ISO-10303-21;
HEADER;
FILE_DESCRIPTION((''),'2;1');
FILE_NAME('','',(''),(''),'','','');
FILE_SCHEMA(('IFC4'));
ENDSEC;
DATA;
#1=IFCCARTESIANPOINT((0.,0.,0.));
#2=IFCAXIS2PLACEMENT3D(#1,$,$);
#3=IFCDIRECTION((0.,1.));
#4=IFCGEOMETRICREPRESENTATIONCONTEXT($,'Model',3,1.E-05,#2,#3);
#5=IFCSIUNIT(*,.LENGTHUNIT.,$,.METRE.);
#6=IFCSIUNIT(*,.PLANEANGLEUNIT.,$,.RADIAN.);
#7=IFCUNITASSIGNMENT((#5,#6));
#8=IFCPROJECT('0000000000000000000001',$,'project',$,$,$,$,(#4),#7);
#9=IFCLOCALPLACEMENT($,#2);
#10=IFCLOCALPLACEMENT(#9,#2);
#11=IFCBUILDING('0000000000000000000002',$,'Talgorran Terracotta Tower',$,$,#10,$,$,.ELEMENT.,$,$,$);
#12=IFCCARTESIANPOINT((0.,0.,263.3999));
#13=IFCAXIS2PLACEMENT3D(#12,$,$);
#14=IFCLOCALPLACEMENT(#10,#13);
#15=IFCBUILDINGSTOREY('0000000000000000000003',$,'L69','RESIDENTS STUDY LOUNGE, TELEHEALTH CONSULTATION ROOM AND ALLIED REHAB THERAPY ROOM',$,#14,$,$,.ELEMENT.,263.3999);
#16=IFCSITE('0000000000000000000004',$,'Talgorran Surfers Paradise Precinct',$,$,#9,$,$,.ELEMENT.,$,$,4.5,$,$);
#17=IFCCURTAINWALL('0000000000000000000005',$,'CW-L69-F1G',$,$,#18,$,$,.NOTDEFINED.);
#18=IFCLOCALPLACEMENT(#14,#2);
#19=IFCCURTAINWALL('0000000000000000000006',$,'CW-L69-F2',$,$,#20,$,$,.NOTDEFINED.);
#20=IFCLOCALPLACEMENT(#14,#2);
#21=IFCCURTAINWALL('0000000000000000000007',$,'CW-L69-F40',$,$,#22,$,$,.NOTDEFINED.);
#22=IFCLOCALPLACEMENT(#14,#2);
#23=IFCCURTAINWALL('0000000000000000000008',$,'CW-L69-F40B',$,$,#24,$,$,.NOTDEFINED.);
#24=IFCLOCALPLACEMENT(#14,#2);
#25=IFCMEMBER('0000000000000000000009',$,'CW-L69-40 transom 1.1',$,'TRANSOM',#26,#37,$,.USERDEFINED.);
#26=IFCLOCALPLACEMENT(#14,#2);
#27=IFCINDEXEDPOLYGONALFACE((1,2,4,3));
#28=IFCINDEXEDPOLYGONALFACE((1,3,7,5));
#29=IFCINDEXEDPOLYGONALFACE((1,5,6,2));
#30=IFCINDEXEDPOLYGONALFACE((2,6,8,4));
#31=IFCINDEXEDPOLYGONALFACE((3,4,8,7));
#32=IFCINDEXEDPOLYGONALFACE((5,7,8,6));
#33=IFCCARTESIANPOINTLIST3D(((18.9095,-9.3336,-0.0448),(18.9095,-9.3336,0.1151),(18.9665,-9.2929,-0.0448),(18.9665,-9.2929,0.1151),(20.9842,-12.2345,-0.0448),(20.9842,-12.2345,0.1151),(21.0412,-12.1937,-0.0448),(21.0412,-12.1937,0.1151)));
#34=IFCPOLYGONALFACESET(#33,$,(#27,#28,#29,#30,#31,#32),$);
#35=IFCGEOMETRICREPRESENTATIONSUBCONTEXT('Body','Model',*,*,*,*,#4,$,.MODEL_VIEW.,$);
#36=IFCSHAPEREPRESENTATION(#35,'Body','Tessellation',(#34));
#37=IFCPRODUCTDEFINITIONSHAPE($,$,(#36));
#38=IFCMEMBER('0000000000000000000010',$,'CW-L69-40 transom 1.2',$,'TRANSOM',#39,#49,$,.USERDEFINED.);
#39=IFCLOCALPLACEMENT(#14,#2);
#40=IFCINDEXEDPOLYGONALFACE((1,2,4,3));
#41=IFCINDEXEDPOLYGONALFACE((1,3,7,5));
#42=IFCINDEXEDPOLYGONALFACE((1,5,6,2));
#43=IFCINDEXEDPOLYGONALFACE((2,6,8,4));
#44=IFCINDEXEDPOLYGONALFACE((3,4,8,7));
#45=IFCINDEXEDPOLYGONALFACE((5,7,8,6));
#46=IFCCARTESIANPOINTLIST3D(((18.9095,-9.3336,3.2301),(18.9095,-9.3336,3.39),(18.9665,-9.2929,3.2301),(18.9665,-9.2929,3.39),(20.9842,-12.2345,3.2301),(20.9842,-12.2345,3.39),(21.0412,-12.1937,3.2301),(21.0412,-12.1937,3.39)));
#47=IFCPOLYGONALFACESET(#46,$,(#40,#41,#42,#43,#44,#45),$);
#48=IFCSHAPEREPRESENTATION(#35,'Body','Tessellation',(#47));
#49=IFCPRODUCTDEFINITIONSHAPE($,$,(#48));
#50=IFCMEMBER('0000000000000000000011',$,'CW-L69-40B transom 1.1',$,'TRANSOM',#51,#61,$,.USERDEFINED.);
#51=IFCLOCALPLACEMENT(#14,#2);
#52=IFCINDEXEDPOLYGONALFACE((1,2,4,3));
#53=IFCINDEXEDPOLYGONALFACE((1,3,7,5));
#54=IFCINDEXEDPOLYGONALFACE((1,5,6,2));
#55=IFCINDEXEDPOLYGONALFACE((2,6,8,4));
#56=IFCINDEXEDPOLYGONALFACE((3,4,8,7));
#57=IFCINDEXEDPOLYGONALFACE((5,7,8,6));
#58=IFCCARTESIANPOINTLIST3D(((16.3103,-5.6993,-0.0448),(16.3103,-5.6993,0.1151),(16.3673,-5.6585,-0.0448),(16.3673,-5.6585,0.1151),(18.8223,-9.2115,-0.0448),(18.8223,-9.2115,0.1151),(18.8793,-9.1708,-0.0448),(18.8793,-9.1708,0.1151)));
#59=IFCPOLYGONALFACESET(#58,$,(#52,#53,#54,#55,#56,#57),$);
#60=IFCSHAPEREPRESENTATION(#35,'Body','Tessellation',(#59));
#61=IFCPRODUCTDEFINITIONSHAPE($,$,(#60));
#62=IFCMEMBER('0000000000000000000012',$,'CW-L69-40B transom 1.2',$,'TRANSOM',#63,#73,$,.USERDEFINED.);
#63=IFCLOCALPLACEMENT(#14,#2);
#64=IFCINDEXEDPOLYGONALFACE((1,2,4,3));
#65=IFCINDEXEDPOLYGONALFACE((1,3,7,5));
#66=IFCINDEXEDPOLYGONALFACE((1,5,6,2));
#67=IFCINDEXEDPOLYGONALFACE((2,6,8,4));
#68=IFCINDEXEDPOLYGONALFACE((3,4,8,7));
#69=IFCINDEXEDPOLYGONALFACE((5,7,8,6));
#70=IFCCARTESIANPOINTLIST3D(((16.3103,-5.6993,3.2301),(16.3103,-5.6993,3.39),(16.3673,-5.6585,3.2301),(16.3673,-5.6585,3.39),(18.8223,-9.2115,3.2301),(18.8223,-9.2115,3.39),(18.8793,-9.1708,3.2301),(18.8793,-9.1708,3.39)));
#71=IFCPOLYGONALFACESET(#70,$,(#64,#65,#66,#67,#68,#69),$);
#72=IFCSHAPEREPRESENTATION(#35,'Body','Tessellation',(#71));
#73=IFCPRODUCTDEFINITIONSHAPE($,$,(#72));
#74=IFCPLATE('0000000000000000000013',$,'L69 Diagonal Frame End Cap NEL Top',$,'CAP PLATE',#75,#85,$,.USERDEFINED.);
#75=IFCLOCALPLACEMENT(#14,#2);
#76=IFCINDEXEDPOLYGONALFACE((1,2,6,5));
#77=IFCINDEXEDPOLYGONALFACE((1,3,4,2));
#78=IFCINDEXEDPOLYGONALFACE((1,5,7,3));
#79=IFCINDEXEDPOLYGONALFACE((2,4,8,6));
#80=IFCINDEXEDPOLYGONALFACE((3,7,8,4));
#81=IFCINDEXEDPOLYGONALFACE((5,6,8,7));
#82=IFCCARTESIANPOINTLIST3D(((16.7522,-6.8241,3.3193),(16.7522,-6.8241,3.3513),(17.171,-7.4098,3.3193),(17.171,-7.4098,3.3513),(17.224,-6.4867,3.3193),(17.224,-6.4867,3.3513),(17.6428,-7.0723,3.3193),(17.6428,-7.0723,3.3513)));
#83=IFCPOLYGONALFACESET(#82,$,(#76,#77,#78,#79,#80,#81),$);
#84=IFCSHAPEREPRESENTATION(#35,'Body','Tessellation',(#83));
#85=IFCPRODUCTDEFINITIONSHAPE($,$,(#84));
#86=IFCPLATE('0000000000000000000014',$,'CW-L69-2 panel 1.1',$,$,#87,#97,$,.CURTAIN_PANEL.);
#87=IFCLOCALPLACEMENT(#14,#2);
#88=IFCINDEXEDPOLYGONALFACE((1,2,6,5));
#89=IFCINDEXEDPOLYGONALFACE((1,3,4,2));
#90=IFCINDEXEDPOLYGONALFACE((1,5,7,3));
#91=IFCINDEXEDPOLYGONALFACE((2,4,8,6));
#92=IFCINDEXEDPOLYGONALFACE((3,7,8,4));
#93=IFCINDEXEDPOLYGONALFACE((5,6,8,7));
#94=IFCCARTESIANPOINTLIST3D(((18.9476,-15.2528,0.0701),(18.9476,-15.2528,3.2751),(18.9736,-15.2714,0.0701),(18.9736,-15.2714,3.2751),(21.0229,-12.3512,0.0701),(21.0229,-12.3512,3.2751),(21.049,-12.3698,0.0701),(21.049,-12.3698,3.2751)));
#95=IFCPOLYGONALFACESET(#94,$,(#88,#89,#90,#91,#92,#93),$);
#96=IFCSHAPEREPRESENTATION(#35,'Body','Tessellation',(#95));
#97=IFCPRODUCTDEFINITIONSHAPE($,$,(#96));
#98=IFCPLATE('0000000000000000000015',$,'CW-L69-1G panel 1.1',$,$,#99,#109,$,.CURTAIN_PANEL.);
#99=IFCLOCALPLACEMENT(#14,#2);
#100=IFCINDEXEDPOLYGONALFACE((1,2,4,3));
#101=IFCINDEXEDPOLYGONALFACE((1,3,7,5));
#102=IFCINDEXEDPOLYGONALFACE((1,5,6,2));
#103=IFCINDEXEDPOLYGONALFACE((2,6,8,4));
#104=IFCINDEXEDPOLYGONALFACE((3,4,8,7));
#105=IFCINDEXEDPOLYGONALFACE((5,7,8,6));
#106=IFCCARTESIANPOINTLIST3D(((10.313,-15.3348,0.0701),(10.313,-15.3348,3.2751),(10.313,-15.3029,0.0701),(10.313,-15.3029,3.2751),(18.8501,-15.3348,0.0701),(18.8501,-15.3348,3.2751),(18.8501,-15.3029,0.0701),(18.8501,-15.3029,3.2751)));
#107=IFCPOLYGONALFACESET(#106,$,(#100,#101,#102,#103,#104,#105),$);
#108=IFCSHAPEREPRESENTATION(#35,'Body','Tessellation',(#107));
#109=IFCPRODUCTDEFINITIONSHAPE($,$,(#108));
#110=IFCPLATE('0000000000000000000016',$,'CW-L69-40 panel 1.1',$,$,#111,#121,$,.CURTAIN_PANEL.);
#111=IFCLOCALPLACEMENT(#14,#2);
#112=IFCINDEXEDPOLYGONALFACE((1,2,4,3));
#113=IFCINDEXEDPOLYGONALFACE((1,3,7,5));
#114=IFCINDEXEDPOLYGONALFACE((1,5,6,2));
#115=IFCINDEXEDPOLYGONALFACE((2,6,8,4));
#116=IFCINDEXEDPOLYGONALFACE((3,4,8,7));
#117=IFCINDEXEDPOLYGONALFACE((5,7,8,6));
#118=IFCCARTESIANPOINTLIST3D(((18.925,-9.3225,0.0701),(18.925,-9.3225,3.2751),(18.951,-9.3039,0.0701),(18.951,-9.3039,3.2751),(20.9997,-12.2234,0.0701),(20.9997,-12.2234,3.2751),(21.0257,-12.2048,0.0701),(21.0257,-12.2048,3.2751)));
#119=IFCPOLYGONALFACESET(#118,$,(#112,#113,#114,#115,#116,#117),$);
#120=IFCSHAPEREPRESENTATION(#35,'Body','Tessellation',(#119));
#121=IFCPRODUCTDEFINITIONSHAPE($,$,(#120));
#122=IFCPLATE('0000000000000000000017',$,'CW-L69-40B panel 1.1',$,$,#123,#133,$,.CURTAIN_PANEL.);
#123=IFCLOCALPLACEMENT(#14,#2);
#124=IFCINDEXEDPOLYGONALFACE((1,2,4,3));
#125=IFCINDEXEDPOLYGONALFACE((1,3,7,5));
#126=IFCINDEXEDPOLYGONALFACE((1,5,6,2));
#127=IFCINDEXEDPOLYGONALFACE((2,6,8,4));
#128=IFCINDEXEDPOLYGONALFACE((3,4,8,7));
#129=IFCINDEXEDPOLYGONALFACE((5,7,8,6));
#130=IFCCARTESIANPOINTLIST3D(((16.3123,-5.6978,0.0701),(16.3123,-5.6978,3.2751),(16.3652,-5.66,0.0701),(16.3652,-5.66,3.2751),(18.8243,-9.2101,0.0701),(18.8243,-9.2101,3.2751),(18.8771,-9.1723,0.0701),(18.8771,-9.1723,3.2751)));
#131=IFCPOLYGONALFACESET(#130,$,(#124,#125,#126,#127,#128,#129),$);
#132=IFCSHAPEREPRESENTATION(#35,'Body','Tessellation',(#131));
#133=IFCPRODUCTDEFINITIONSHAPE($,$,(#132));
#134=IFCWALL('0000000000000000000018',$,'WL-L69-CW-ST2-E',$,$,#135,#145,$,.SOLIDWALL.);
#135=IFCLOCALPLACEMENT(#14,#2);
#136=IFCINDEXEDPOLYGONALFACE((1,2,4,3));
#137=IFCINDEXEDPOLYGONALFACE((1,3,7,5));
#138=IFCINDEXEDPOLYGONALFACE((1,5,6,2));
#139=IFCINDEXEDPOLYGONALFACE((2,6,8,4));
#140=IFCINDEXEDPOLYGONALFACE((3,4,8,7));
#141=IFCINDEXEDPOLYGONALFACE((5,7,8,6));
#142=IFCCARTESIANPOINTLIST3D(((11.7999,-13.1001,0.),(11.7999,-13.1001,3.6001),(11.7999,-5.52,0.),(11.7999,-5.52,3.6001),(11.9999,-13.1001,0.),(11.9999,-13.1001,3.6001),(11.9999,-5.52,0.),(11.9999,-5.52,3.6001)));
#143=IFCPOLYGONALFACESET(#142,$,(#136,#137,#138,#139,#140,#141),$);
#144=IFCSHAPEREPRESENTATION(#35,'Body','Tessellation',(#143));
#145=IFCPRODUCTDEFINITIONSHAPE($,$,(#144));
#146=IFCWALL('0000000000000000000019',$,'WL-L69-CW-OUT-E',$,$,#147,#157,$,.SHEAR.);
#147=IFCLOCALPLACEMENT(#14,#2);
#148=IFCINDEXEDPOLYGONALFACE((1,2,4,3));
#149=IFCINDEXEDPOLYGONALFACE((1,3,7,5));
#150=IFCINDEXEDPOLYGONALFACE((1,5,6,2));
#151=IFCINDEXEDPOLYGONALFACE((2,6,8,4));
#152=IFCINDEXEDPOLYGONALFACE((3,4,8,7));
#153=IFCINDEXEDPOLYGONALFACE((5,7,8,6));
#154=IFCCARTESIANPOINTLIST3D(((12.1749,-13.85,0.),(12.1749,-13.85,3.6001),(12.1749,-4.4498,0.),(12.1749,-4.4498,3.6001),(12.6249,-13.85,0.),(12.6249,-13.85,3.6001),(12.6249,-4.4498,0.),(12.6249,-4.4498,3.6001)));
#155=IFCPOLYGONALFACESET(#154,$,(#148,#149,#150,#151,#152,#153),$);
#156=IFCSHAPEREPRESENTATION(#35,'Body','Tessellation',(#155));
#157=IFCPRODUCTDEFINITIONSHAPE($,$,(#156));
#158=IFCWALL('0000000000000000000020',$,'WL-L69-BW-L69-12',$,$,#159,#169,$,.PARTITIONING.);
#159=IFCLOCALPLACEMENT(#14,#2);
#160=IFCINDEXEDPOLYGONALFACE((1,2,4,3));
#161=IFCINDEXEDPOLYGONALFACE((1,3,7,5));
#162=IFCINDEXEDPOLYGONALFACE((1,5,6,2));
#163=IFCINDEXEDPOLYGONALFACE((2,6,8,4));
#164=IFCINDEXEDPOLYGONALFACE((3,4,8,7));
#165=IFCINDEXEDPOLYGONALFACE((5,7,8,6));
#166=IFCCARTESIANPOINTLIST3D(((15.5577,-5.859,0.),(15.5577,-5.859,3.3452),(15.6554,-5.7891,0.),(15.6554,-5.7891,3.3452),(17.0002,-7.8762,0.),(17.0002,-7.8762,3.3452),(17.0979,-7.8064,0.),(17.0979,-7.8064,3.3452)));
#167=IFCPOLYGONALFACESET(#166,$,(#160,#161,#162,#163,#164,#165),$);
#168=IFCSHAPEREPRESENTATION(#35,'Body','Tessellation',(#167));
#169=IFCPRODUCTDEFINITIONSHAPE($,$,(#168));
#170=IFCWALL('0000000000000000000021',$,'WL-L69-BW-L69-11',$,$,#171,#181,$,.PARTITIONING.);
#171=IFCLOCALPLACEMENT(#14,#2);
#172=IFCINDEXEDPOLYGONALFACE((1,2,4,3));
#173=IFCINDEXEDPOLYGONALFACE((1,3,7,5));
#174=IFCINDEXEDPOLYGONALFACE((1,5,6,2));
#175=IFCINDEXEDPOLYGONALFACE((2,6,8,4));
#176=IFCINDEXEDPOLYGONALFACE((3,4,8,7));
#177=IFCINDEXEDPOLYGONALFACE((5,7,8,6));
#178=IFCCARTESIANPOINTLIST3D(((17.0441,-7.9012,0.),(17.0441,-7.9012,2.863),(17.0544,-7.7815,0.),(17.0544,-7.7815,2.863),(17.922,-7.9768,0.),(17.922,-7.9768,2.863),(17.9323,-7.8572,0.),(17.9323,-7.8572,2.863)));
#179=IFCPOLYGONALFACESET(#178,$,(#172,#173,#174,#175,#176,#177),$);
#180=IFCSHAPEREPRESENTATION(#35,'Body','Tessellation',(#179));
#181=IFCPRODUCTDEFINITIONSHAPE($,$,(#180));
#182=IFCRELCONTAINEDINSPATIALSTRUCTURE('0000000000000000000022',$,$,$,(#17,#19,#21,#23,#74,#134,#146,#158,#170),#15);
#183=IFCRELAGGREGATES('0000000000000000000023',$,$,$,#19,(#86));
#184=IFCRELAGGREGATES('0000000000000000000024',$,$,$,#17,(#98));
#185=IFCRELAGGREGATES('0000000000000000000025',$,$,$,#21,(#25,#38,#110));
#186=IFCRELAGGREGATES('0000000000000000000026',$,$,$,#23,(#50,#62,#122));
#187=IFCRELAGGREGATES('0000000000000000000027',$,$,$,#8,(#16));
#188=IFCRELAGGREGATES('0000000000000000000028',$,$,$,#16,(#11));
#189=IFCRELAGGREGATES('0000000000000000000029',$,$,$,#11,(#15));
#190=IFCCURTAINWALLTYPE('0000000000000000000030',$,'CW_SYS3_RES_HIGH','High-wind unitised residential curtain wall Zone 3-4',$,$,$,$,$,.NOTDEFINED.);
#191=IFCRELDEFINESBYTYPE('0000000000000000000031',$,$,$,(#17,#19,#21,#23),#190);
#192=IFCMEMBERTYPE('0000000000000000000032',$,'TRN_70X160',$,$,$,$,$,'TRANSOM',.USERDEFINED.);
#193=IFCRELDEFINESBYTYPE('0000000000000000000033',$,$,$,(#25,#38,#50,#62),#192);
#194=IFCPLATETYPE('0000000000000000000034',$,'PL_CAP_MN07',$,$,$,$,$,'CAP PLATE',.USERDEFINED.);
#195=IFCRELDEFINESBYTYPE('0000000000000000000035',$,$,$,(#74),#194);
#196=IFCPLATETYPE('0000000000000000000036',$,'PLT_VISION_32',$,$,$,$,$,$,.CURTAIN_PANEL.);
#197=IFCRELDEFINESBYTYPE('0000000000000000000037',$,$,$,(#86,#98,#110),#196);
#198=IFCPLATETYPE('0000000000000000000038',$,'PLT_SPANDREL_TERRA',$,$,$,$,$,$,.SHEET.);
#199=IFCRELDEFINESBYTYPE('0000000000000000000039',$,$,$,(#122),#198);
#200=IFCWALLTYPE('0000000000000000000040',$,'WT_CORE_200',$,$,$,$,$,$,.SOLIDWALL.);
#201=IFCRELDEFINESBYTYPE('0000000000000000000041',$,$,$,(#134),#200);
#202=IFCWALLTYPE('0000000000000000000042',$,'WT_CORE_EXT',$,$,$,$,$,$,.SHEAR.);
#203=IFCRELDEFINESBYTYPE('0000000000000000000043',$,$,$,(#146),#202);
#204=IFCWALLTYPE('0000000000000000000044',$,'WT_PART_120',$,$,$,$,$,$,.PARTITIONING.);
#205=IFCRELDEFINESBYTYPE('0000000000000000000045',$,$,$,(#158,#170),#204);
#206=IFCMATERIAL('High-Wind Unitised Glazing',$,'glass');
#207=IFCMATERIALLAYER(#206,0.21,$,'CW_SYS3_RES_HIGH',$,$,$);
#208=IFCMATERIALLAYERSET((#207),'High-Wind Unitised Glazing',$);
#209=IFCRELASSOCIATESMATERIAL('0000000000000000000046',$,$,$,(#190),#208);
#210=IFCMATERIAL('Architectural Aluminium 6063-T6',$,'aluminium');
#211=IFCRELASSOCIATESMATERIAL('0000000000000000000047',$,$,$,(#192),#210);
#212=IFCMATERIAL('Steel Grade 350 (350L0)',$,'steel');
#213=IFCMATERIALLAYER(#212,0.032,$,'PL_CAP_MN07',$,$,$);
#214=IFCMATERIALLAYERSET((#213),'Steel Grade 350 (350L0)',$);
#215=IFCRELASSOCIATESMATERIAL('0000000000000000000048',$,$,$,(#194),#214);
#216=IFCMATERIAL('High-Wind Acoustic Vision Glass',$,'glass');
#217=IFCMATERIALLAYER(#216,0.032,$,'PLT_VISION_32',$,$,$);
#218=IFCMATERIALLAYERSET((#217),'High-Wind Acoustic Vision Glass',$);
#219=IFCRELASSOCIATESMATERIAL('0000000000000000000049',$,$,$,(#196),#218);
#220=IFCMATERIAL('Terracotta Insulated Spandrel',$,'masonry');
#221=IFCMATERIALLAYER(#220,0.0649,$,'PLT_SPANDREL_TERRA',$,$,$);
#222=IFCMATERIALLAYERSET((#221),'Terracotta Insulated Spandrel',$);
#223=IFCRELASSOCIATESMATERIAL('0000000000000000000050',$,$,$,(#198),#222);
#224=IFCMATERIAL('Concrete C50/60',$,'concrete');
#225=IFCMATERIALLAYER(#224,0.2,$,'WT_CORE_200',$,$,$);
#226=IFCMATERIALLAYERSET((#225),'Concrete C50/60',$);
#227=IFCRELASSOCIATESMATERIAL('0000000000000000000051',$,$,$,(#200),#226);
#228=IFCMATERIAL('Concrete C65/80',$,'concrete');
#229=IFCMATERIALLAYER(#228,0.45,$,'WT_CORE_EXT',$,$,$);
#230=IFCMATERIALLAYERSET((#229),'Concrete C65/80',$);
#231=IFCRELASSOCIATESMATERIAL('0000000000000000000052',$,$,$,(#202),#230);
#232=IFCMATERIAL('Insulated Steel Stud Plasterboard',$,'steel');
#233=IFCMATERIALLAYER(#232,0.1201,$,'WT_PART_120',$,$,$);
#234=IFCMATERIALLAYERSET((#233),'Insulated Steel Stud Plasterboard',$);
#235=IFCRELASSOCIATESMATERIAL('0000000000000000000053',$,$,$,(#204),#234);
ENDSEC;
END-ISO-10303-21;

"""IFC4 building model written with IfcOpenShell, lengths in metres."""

from ifc_helpers import new_model, si_unit, direction, frame, frame_2d, origin, origin_2d, place, context, subcontext, project, spatial, rectangle, extrude, source, transform, mapped, material, layer, layer_set, material_profile, profile_set, type_object, type_shapes, element, aggregate, save


model = new_model("IFC4")

# Units and contexts
model_context = context("Model", 3, precision=1e-05, world=origin(), true_north=direction((0.0, 1.0)))
body_context = subcontext(model_context, "Body", "Model", "MODEL_VIEW")
ifc_project = project(units=[si_unit("LENGTHUNIT", "METRE"), si_unit("PLANEANGLEUNIT", "RADIAN")], contexts=[model_context])

# Site, building, storey
site_placement = place(None, origin())
site = spatial("IfcSite", under=ifc_project, at=site_placement, Name="Talgorran Surfers Paradise Precinct", CompositionType="ELEMENT", RefElevation=4.5)
building_placement = place(site_placement, origin())
building = spatial("IfcBuilding", under=site, at=building_placement, Name="Talgorran Terracotta Tower", CompositionType="ELEMENT")
storey_placement = place(building_placement, frame((0.0, 0.0, 263.3999)))
storey = spatial("IfcBuildingStorey", under=building, at=storey_placement, Name="L69", Description="RESIDENTS STUDY LOUNGE, TELEHEALTH CONSULTATION ROOM AND ALLIED REHAB THERAPY ROOM", CompositionType="ELEMENT", Elevation=263.3999)

# Shared definitions
ifc_material_1 = material(Name="Steel Grade 350 (350L0)", Category="steel")

# Curtain walls
ifc_material_2 = material(Name="High-Wind Unitised Glazing", Category="glass")
ifc_layer_1 = layer(ifc_material_2, 0.21, Name="CW_SYS3_RES_HIGH")
ifc_layer_set_1 = layer_set([ifc_layer_1], Name="High-Wind Unitised Glazing")
curtain_wall_type = type_object("IfcCurtainWallType", Name="CW_SYS3_RES_HIGH", Description="High-wind unitised residential curtain wall Zone 3-4", PredefinedType="NOTDEFINED", material=ifc_layer_set_1)
curtain_wall_1_placement = place(storey_placement, origin())
curtain_wall_1 = element("IfcCurtainWall", 1, at=curtain_wall_1_placement, inside=storey, type_object=curtain_wall_type, Name="CW-L69-F1G", PredefinedType="NOTDEFINED")
ifc_material_3 = material(Name="Architectural Aluminium 6063-T6", Category="aluminium")
curtain_wall_2_placement = place(storey_placement, origin())
curtain_wall_2 = element("IfcCurtainWall", 2, at=curtain_wall_2_placement, inside=storey, type_object=curtain_wall_type, Name="CW-L69-F2", PredefinedType="NOTDEFINED")
curtain_wall_3_placement = place(storey_placement, origin())
curtain_wall_3 = element("IfcCurtainWall", 3, at=curtain_wall_3_placement, inside=storey, type_object=curtain_wall_type, Name="CW-L69-F40", PredefinedType="NOTDEFINED")

# Curtain wall
curtain_wall_4_placement = place(storey_placement, origin())
curtain_wall_4 = element("IfcCurtainWall", 4, at=curtain_wall_4_placement, inside=storey, type_object=curtain_wall_type, Name="CW-L69-F40B", PredefinedType="NOTDEFINED")

# Members
ifc_material_profile_1 = material_profile(ifc_material_3, rectangle(XDim=0.0701, YDim=0.1599, at=origin_2d()), Name="CWT70X160")
ifc_profile_set_1 = profile_set([ifc_material_profile_1], Name="Architectural Aluminium 6063-T6")
member_type_1 = type_object("IfcMemberType", Name="TRN_70X160", ElementType="TRANSOM", PredefinedType="USERDEFINED", material=ifc_profile_set_1)
member_1_placement = place(storey_placement, frame((21.0127, -12.2141, 0.0352), z_axis=(-0.58173, 0.813382, 0.0), x_axis=(-0.813382, -0.58173, 0.0)))
member_1 = element("IfcMember", 5, at=member_1_placement, type_object=member_type_1, Name="CW-L69-40 transom 1.1", ObjectType="TRANSOM", PredefinedType="USERDEFINED", context=body_context, shape_type="SweptSolid", body=[
    extrude(rectangle(XDim=0.0701, YDim=0.1599, at=origin_2d()), origin(), (0.0, 0.0, 1.0), 3.5664),
])
member_2_placement = place(storey_placement, frame((21.0127, -12.2141, 3.3101), z_axis=(-0.58173, 0.813382, 0.0), x_axis=(-0.813382, -0.58173, 0.0)))
member_2 = element("IfcMember", 6, at=member_2_placement, type_object=member_type_1, Name="CW-L69-40 transom 1.2", ObjectType="TRANSOM", PredefinedType="USERDEFINED", context=body_context, shape_type="SweptSolid", body=[
    extrude(rectangle(XDim=0.0701, YDim=0.1599, at=origin_2d()), origin(), (0.0, 0.0, 1.0), 3.5664),
])
member_3_placement = place(storey_placement, frame((18.8508, -9.1912, 0.0352), z_axis=(-0.581735, 0.813378, 0.0), x_axis=(-0.813378, -0.581735, 0.0)))
member_3 = element("IfcMember", 7, at=member_3_placement, type_object=member_type_1, Name="CW-L69-40B transom 1.1", ObjectType="TRANSOM", PredefinedType="USERDEFINED", context=body_context, shape_type="SweptSolid", body=[
    extrude(rectangle(XDim=0.0701, YDim=0.1599, at=origin_2d()), origin(), (0.0, 0.0, 1.0), 4.3181),
])
member_4_placement = place(storey_placement, frame((18.8508, -9.1912, 3.3101), z_axis=(-0.581735, 0.813378, 0.0), x_axis=(-0.813378, -0.581735, 0.0)))
member_4 = element("IfcMember", 8, at=member_4_placement, type_object=member_type_1, Name="CW-L69-40B transom 1.2", ObjectType="TRANSOM", PredefinedType="USERDEFINED", context=body_context, shape_type="SweptSolid", body=[
    extrude(rectangle(XDim=0.0701, YDim=0.1599, at=origin_2d()), origin(), (0.0, 0.0, 1.0), 4.3181),
])

# Plates
ifc_layer_2 = layer(ifc_material_1, 0.032, Name="PL_CAP_MN07")
ifc_layer_set_2 = layer_set([ifc_layer_2], Name="Steel Grade 350 (350L0)")
plate_type_1 = type_object("IfcPlateType", Name="PL_CAP_MN07", ElementType="CAP PLATE", PredefinedType="USERDEFINED", material=ifc_layer_set_2)
plate_1_placement = place(storey_placement, frame((17.1975, -6.9482, 3.3193), z_axis=(0.0, 0.0, 1.0), x_axis=(0.581697, -0.813405, 0.0)))
element("IfcPlate", 9, at=plate_1_placement, inside=storey, type_object=plate_type_1, Name="L69 Diagonal Frame End Cap NEL Top", ObjectType="CAP PLATE", PredefinedType="USERDEFINED", context=body_context, shape_type="SweptSolid", body=[
    extrude(rectangle(XDim=0.72, YDim=0.5801, at=origin_2d()), origin(), (0.0, 0.0, 1.0), 0.032),
])
ifc_material_4 = material(Name="High-Wind Acoustic Vision Glass", Category="glass")
ifc_layer_3 = layer(ifc_material_4, 0.032, Name="PLT_VISION_32")
ifc_layer_set_3 = layer_set([ifc_layer_3], Name="High-Wind Acoustic Vision Glass")
plate_type_2 = type_object("IfcPlateType", Name="PLT_VISION_32", PredefinedType="CURTAIN_PANEL", material=ifc_layer_set_3)
shared_shape_1 = source(origin(), body_context, "Body", "SweptSolid", [
    extrude(rectangle(XDim=3.5674, YDim=0.032, at=origin_2d()), origin(), (0.0, 0.0, 1.0), 3.2051),
])
plate_2_placement = place(storey_placement, frame((19.9983, -13.8113, 0.0701), z_axis=(0.0, 0.0, 1.0), x_axis=(0.581746, 0.813371, 0.0)))
plate_2 = element("IfcPlate", 10, at=plate_2_placement, type_object=plate_type_2, Name="CW-L69-2 panel 1.1", PredefinedType="CURTAIN_PANEL", context=body_context, shape_type="MappedRepresentation", body=[
    mapped(shared_shape_1, transform((0.0, 0.0, 0.0), scale=1.0)),
])
aggregate(curtain_wall_2, [plate_2])
shared_shape_2 = source(origin(), body_context, "Body", "SweptSolid", [
    extrude(rectangle(XDim=8.5371, YDim=0.032, at=origin_2d()), origin(), (0.0, 0.0, 1.0), 3.2051),
])
plate_3_placement = place(storey_placement, frame((14.5815, -15.3188, 0.0701), z_axis=(0.0, 0.0, 1.0), x_axis=(1.0, 0.0, 0.0)))
plate_3 = element("IfcPlate", 11, at=plate_3_placement, type_object=plate_type_2, Name="CW-L69-1G panel 1.1", PredefinedType="CURTAIN_PANEL", context=body_context, shape_type="MappedRepresentation", body=[
    mapped(shared_shape_2, transform((0.0, 0.0, 0.0), scale=1.0)),
])
aggregate(curtain_wall_1, [plate_3])
shared_shape_3 = source(origin(), body_context, "Body", "SweptSolid", [
    extrude(rectangle(XDim=3.5664, YDim=0.032, at=origin_2d()), origin(), (0.0, 0.0, 1.0), 3.2051),
])
type_shapes(plate_type_2, [shared_shape_1, shared_shape_2, shared_shape_3])
plate_4_placement = place(storey_placement, frame((19.9753, -10.7637, 0.0701), z_axis=(0.0, 0.0, 1.0), x_axis=(-0.581728, 0.813383, 0.0)))
plate_4 = element("IfcPlate", 12, at=plate_4_placement, type_object=plate_type_2, Name="CW-L69-40 panel 1.1", PredefinedType="CURTAIN_PANEL", context=body_context, shape_type="MappedRepresentation", body=[
    mapped(shared_shape_3, transform((0.0, 0.0, 0.0), scale=1.0)),
])
aggregate(curtain_wall_3, [member_1, member_2, plate_4])
ifc_material_5 = material(Name="Terracotta Insulated Spandrel", Category="masonry")
ifc_layer_4 = layer(ifc_material_5, 0.0649, Name="PLT_SPANDREL_TERRA")
ifc_layer_set_4 = layer_set([ifc_layer_4], Name="Terracotta Insulated Spandrel")
plate_type_3 = type_object("IfcPlateType", Name="PLT_SPANDREL_TERRA", PredefinedType="SHEET", material=ifc_layer_set_4)
shared_shape_4 = source(origin(), body_context, "Body", "SweptSolid", [
    extrude(rectangle(XDim=4.3181, YDim=0.0649, at=origin_2d()), origin(), (0.0, 0.0, 1.0), 3.2051),
])
type_shapes(plate_type_3, [shared_shape_4])
plate_5_placement = place(storey_placement, frame((17.5947, -7.4351, 0.0701), z_axis=(0.0, 0.0, 1.0), x_axis=(-0.581722, 0.813388, 0.0)))
plate_5 = element("IfcPlate", 13, at=plate_5_placement, type_object=plate_type_3, Name="CW-L69-40B panel 1.1", PredefinedType="CURTAIN_PANEL", context=body_context, shape_type="MappedRepresentation", body=[
    mapped(shared_shape_4, transform((0.0, 0.0, 0.0), scale=1.0)),
])
aggregate(curtain_wall_4, [member_3, member_4, plate_5])

# Walls
ifc_material_6 = material(Name="Concrete C50/60", Category="concrete")
ifc_layer_5 = layer(ifc_material_6, 0.2, Name="WT_CORE_200")
ifc_layer_set_5 = layer_set([ifc_layer_5], Name="Concrete C50/60")
wall_type_1 = type_object("IfcWallType", Name="WT_CORE_200", PredefinedType="SOLIDWALL", material=ifc_layer_set_5)
wall_1_placement = place(storey_placement, frame((11.8999, -13.1001, 0.0), z_axis=(0.0, 0.0, 1.0), x_axis=(0.0, 1.0, 0.0)))
element("IfcWall", 14, at=wall_1_placement, inside=storey, type_object=wall_type_1, Name="WL-L69-CW-ST2-E", PredefinedType="SOLIDWALL", context=body_context, shape_type="SweptSolid", body=[
    extrude(rectangle(XDim=7.5801, YDim=0.2, at=frame_2d((3.79, 0.0))), origin(), (0.0, 0.0, 1.0), 3.6001),
])
ifc_material_7 = material(Name="Concrete C65/80", Category="concrete")
ifc_layer_6 = layer(ifc_material_7, 0.45, Name="WT_CORE_EXT")
ifc_layer_set_6 = layer_set([ifc_layer_6], Name="Concrete C65/80")
wall_type_2 = type_object("IfcWallType", Name="WT_CORE_EXT", PredefinedType="SHEAR", material=ifc_layer_set_6)
wall_2_placement = place(storey_placement, frame((12.3999, -13.8501, 0.0), z_axis=(0.0, 0.0, 1.0), x_axis=(0.0, 1.0, 0.0)))
element("IfcWall", 15, at=wall_2_placement, inside=storey, type_object=wall_type_2, Name="WL-L69-CW-OUT-E", PredefinedType="SHEAR", context=body_context, shape_type="SweptSolid", body=[
    extrude(rectangle(XDim=9.4001, YDim=0.45, at=frame_2d((4.7002, 0.0))), origin(), (0.0, 0.0, 1.0), 3.6001),
])
ifc_material_8 = material(Name="Insulated Steel Stud Plasterboard", Category="steel")
ifc_layer_7 = layer(ifc_material_8, 0.1201, Name="WT_PART_120")
ifc_layer_set_7 = layer_set([ifc_layer_7], Name="Insulated Steel Stud Plasterboard")
wall_type_3 = type_object("IfcWallType", Name="WT_PART_120", PredefinedType="PARTITIONING", material=ifc_layer_set_7)
wall_3_placement = place(storey_placement, frame((17.0491, -7.8413, 0.0), z_axis=(0.0, 0.0, 1.0), x_axis=(-0.581685, 0.813414, 0.0)))
element("IfcWall", 16, at=wall_3_placement, inside=storey, type_object=wall_type_3, Name="WL-L69-BW-L69-12", PredefinedType="PARTITIONING", context=body_context, shape_type="SweptSolid", body=[
    extrude(rectangle(XDim=2.48, YDim=0.1201, at=frame_2d((1.24, 0.0))), origin(), (0.0, 0.0, 1.0), 3.3452),
])
wall_4_placement = place(storey_placement, frame((17.927, -7.917, 0.0), z_axis=(0.0, 0.0, 1.0), x_axis=(-0.996305, 0.085888, 0.0)))
element("IfcWall", 17, at=wall_4_placement, inside=storey, type_object=wall_type_3, Name="WL-L69-BW-L69-11", PredefinedType="PARTITIONING", context=body_context, shape_type="SweptSolid", body=[
    extrude(rectangle(XDim=0.8811, YDim=0.1201, at=frame_2d((0.4404, 0.0))), origin(), (0.0, 0.0, 1.0), 2.863),
])

save(model, "model.ifc")
